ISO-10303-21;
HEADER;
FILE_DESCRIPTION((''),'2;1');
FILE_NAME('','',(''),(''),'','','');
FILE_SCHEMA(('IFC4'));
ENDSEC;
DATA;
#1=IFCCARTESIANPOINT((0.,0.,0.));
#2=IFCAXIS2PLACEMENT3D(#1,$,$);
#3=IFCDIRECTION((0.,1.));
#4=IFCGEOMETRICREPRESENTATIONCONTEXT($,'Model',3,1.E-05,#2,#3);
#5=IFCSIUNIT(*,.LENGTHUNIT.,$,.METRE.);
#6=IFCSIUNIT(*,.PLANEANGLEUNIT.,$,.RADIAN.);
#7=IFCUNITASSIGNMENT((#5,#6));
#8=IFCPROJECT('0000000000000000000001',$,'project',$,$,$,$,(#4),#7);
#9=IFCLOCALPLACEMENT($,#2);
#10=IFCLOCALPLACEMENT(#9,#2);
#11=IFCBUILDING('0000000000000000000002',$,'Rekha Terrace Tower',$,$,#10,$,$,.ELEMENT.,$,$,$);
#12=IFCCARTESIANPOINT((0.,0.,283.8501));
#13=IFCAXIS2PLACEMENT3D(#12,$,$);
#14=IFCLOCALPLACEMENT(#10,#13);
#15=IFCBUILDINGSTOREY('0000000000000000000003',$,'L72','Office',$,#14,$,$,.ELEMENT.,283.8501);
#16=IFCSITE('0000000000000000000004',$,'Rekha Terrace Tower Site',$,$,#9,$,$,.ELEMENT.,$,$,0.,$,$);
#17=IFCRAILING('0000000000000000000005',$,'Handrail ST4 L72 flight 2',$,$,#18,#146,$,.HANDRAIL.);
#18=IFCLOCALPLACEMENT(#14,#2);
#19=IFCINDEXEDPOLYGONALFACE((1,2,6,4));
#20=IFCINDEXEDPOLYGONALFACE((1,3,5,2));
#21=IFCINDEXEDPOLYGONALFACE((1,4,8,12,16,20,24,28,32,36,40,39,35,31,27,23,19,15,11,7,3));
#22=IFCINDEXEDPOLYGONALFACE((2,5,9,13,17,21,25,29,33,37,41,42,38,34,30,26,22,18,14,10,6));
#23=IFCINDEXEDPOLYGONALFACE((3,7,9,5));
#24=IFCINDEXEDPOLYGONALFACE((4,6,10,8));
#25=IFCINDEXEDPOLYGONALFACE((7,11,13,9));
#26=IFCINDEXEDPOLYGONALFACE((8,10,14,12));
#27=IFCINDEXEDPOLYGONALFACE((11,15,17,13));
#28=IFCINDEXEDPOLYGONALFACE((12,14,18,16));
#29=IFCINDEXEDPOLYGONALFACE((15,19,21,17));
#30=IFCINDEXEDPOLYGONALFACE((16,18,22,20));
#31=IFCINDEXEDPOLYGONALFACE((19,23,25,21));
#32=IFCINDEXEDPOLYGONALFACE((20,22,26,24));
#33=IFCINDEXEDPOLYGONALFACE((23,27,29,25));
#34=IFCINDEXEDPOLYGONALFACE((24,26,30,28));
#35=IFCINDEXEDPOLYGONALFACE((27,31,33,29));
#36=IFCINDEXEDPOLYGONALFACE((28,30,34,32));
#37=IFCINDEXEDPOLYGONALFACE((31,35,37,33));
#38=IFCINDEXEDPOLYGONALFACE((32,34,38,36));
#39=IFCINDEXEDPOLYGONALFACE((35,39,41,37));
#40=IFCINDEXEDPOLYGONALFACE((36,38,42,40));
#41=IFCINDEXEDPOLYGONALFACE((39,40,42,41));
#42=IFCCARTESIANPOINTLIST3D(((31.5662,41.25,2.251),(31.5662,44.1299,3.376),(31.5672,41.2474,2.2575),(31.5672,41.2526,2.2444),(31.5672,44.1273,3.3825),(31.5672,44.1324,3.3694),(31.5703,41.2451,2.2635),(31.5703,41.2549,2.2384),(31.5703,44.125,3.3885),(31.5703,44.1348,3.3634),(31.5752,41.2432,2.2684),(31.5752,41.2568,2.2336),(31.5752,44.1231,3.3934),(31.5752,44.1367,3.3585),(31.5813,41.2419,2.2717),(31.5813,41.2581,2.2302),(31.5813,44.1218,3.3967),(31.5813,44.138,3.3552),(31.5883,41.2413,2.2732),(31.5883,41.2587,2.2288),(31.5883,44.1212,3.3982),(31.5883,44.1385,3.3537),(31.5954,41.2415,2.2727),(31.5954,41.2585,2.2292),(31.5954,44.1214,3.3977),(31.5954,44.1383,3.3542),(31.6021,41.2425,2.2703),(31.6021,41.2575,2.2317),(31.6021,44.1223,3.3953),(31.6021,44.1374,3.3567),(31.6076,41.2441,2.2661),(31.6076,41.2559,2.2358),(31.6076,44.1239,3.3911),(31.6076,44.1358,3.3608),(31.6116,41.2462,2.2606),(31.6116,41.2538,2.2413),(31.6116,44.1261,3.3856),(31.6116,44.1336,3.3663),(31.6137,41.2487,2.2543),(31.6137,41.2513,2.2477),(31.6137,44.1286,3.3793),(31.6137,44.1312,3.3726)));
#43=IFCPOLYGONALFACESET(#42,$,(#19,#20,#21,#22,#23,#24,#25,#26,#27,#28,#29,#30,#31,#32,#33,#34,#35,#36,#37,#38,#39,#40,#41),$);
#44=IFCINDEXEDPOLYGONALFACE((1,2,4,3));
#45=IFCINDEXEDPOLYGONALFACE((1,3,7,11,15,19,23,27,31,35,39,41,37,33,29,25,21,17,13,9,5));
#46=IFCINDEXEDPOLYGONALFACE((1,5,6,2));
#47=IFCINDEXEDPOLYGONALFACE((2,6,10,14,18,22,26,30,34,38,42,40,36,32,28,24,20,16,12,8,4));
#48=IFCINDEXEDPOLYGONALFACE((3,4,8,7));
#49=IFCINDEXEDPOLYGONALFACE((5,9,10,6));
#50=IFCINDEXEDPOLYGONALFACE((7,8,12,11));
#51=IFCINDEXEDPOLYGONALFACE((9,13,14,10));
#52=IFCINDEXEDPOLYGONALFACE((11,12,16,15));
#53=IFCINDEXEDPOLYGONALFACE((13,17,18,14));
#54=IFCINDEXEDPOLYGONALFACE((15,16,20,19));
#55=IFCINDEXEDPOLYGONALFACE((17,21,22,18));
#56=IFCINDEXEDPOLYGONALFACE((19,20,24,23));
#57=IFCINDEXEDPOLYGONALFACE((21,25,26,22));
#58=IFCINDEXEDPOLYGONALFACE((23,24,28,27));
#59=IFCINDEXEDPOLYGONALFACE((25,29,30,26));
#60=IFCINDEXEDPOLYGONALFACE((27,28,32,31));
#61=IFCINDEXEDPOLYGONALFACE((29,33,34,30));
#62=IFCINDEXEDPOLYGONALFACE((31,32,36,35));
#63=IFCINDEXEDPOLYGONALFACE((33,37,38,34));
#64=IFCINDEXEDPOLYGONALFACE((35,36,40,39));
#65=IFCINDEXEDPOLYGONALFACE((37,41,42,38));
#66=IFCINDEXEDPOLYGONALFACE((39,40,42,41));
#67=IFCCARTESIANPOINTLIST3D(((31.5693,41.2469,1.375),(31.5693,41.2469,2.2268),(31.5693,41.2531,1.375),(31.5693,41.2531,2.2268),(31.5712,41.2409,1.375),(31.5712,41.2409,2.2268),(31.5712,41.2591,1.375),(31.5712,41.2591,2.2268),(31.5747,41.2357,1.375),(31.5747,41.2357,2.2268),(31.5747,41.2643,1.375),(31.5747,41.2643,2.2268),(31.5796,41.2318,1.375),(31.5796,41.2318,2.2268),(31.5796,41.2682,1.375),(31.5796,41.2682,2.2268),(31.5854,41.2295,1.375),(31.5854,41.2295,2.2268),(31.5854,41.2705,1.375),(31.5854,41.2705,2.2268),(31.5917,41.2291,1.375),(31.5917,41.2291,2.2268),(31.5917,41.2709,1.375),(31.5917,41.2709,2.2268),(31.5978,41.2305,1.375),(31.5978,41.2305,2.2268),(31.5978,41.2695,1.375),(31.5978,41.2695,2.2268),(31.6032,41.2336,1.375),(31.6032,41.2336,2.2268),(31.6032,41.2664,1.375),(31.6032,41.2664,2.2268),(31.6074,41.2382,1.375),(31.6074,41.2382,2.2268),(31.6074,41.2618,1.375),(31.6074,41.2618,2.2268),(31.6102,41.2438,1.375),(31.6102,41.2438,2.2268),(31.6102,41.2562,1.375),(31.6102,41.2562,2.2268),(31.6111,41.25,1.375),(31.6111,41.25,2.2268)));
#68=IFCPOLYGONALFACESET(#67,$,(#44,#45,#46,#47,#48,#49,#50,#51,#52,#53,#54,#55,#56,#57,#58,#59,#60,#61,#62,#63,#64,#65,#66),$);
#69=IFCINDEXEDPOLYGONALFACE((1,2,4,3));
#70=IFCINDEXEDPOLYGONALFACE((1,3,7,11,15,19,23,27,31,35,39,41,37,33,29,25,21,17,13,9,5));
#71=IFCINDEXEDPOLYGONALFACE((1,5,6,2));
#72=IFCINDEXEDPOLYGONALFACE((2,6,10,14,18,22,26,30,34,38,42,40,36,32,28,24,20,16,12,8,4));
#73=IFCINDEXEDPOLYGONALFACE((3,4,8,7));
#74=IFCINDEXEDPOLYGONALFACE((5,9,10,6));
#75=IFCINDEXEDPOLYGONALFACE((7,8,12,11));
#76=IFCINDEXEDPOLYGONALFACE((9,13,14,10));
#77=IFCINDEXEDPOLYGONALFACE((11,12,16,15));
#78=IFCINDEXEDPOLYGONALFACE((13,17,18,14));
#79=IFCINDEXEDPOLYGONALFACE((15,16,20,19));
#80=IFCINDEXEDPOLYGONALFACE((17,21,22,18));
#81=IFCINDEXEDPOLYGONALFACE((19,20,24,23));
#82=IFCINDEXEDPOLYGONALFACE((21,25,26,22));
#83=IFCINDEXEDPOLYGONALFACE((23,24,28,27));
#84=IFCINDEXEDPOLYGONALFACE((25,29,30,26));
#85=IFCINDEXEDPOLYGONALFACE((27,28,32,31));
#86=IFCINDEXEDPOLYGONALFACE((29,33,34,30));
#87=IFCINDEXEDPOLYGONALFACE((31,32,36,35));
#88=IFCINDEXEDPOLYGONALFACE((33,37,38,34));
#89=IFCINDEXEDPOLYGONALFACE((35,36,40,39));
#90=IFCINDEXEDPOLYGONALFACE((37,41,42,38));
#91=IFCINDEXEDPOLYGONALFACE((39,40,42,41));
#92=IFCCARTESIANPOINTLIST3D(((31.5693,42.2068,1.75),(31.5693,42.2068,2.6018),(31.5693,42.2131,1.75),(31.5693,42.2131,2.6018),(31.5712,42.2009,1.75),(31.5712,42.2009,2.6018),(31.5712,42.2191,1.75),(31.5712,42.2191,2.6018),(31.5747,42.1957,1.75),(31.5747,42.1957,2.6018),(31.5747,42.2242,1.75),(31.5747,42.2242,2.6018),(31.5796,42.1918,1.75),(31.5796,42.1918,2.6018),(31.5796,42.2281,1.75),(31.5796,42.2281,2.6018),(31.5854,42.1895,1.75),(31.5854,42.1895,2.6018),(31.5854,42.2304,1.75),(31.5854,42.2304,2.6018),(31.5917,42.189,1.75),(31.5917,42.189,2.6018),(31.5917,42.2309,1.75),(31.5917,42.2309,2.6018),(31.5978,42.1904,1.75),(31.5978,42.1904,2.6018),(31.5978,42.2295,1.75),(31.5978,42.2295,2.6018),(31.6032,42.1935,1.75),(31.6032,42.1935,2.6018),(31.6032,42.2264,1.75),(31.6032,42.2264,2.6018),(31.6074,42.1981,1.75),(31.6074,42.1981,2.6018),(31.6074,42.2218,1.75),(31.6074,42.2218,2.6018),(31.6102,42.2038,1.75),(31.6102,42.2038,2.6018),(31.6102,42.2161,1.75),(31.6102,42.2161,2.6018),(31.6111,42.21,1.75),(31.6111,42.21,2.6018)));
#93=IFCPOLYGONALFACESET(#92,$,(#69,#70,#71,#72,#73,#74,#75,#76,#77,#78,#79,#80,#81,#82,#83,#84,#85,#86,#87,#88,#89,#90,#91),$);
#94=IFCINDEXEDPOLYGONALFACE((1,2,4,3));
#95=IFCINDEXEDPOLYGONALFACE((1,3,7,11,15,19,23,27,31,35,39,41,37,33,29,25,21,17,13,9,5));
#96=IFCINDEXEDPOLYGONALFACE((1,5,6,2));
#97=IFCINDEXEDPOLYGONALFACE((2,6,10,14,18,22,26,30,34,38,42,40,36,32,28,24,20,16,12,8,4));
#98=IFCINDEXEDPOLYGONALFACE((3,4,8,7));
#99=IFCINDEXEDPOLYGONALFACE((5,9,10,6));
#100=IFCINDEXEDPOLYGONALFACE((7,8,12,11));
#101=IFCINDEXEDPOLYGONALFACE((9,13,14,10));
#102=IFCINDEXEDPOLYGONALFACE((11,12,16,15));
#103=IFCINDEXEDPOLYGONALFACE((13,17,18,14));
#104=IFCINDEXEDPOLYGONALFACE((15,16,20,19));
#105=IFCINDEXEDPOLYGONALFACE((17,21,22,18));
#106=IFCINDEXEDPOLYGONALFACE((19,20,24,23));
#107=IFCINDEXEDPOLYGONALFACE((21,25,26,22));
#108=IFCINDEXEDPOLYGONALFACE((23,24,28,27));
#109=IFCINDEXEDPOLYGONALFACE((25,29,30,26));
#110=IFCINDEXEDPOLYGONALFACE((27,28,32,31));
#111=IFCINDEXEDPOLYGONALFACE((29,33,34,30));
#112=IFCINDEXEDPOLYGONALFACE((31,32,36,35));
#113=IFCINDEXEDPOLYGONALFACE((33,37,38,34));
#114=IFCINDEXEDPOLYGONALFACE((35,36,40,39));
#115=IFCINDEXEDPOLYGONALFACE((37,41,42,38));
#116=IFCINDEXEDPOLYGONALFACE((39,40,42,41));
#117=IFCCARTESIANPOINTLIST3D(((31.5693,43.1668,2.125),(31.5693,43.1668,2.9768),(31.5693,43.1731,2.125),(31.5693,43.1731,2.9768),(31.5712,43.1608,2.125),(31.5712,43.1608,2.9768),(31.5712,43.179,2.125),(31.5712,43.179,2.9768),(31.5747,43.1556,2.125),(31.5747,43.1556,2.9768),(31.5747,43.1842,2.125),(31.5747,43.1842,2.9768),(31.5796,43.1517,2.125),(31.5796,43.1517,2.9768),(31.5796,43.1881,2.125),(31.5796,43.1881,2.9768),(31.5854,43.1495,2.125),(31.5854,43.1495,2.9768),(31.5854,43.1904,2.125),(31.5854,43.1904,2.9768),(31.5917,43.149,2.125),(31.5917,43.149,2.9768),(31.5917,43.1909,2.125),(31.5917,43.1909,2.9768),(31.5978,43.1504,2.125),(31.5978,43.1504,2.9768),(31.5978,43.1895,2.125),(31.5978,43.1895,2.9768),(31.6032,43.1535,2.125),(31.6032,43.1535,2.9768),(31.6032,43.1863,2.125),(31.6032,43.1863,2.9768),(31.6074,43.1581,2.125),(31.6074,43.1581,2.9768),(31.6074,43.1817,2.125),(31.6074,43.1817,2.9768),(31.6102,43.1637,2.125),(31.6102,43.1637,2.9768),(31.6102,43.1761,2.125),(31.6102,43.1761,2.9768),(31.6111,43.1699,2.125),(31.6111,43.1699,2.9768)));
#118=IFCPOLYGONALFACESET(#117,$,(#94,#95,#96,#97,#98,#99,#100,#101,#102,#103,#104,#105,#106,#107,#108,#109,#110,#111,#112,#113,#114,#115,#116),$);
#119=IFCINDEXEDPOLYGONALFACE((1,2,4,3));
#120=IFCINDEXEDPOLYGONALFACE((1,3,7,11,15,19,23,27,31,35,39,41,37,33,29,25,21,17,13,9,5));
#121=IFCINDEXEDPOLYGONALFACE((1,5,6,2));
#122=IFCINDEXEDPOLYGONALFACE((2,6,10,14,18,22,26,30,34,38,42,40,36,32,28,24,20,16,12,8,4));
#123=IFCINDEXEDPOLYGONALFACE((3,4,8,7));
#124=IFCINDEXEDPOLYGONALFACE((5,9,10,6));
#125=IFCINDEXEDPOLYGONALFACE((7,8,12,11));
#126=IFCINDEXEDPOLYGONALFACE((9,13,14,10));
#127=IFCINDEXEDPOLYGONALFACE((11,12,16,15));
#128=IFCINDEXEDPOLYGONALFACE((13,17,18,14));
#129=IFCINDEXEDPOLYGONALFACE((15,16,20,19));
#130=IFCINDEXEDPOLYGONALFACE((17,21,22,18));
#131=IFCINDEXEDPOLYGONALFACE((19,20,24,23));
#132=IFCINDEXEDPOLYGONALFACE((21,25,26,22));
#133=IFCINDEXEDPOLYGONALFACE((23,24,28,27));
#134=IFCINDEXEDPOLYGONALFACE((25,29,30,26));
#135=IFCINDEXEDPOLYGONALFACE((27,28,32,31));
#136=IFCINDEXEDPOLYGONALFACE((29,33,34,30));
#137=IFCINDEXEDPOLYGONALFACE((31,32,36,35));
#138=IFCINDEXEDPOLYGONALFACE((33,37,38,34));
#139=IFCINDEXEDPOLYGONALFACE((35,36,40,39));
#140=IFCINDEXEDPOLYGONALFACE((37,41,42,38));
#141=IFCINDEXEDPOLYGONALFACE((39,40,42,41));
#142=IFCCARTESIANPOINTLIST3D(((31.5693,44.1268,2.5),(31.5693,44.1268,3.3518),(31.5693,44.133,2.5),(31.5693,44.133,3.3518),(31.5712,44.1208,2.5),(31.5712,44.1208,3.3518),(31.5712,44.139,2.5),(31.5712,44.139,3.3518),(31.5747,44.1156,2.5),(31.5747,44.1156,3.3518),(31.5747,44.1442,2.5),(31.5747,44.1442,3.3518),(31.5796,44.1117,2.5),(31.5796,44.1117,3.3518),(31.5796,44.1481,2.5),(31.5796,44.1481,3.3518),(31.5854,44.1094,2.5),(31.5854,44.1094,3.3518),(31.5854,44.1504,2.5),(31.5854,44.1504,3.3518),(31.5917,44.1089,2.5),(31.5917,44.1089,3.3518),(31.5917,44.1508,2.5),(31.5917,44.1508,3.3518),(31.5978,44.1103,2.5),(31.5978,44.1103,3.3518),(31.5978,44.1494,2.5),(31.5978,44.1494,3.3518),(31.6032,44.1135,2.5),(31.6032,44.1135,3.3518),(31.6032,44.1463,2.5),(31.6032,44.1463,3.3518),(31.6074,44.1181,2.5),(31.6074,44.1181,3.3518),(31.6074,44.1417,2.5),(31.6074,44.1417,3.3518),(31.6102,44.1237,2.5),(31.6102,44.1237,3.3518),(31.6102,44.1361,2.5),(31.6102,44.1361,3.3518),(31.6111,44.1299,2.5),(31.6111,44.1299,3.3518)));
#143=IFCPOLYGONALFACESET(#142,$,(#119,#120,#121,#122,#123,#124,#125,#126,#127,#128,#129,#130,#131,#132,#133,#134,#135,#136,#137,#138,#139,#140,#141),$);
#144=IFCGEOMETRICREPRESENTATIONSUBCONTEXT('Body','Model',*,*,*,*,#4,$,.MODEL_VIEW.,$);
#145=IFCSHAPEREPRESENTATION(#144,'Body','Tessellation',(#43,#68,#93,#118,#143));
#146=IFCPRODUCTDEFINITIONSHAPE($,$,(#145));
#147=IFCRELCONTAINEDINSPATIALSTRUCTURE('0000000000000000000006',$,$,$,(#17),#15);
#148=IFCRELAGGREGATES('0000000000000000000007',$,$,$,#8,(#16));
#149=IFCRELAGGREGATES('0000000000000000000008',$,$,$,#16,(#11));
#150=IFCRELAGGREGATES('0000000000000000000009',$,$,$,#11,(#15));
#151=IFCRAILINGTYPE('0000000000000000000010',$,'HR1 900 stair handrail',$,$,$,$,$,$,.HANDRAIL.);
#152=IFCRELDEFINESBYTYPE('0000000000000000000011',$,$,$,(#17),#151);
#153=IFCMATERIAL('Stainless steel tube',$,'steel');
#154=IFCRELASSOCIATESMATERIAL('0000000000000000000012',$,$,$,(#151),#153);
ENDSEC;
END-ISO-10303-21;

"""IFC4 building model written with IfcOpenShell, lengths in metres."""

from ifc_helpers import new_model, si_unit, direction, frame, origin, origin_2d, place, context, subcontext, project, spatial, circle, extrude, material, type_object, element, save


model = new_model("IFC4")

# Units and contexts
model_context = context("Model", 3, precision=1e-05, world=origin(), true_north=direction((0.0, 1.0)))
body_context = subcontext(model_context, "Body", "Model", "MODEL_VIEW")
ifc_project = project(units=[si_unit("LENGTHUNIT", "METRE"), si_unit("PLANEANGLEUNIT", "RADIAN")], contexts=[model_context])

# Site, building, storey
site_placement = place(None, origin())
site = spatial("IfcSite", under=ifc_project, at=site_placement, Name="Rekha Terrace Tower Site", CompositionType="ELEMENT", RefElevation=0.0)
building_placement = place(site_placement, origin())
building = spatial("IfcBuilding", under=site, at=building_placement, Name="Rekha Terrace Tower", CompositionType="ELEMENT")
storey_placement = place(building_placement, frame((0.0, 0.0, 283.8501)))
storey = spatial("IfcBuildingStorey", under=building, at=storey_placement, Name="L72", Description="Office", CompositionType="ELEMENT", Elevation=283.8501)

# Railing
ifc_material_1 = material(Name="Stainless steel tube", Category="steel")
railing_type_1 = type_object("IfcRailingType", Name="HR1 900 stair handrail", PredefinedType="HANDRAIL", material=ifc_material_1)
railing_1_placement = place(storey_placement, frame((31.5901, 41.25, 1.375)))
element("IfcRailing", 1, at=railing_1_placement, inside=storey, type_object=railing_type_1, Name="Handrail ST4 L72 flight 2", PredefinedType="HANDRAIL", context=body_context, shape_type="SweptSolid", body=[
    extrude(circle(Radius=0.0239, at=origin_2d()), frame((0.0, 0.0, 0.876), z_axis=(0.0, 0.931452, 0.363863), x_axis=(-1.0, 0.0, 0.0)), (0.0, 0.0, 1.0), 3.0918),
    extrude(circle(Radius=0.021, at=origin_2d()), origin(), (0.0, 0.0, 1.0), 0.8518),
    extrude(circle(Radius=0.021, at=origin_2d()), frame((0.0, 0.96, 0.375)), (0.0, 0.0, 1.0), 0.8518),
    extrude(circle(Radius=0.021, at=origin_2d()), frame((0.0, 1.9199, 0.75)), (0.0, 0.0, 1.0), 0.8518),
    extrude(circle(Radius=0.021, at=origin_2d()), frame((0.0, 2.8799, 1.125)), (0.0, 0.0, 1.0), 0.8518),
])

save(model, "model.ifc")
